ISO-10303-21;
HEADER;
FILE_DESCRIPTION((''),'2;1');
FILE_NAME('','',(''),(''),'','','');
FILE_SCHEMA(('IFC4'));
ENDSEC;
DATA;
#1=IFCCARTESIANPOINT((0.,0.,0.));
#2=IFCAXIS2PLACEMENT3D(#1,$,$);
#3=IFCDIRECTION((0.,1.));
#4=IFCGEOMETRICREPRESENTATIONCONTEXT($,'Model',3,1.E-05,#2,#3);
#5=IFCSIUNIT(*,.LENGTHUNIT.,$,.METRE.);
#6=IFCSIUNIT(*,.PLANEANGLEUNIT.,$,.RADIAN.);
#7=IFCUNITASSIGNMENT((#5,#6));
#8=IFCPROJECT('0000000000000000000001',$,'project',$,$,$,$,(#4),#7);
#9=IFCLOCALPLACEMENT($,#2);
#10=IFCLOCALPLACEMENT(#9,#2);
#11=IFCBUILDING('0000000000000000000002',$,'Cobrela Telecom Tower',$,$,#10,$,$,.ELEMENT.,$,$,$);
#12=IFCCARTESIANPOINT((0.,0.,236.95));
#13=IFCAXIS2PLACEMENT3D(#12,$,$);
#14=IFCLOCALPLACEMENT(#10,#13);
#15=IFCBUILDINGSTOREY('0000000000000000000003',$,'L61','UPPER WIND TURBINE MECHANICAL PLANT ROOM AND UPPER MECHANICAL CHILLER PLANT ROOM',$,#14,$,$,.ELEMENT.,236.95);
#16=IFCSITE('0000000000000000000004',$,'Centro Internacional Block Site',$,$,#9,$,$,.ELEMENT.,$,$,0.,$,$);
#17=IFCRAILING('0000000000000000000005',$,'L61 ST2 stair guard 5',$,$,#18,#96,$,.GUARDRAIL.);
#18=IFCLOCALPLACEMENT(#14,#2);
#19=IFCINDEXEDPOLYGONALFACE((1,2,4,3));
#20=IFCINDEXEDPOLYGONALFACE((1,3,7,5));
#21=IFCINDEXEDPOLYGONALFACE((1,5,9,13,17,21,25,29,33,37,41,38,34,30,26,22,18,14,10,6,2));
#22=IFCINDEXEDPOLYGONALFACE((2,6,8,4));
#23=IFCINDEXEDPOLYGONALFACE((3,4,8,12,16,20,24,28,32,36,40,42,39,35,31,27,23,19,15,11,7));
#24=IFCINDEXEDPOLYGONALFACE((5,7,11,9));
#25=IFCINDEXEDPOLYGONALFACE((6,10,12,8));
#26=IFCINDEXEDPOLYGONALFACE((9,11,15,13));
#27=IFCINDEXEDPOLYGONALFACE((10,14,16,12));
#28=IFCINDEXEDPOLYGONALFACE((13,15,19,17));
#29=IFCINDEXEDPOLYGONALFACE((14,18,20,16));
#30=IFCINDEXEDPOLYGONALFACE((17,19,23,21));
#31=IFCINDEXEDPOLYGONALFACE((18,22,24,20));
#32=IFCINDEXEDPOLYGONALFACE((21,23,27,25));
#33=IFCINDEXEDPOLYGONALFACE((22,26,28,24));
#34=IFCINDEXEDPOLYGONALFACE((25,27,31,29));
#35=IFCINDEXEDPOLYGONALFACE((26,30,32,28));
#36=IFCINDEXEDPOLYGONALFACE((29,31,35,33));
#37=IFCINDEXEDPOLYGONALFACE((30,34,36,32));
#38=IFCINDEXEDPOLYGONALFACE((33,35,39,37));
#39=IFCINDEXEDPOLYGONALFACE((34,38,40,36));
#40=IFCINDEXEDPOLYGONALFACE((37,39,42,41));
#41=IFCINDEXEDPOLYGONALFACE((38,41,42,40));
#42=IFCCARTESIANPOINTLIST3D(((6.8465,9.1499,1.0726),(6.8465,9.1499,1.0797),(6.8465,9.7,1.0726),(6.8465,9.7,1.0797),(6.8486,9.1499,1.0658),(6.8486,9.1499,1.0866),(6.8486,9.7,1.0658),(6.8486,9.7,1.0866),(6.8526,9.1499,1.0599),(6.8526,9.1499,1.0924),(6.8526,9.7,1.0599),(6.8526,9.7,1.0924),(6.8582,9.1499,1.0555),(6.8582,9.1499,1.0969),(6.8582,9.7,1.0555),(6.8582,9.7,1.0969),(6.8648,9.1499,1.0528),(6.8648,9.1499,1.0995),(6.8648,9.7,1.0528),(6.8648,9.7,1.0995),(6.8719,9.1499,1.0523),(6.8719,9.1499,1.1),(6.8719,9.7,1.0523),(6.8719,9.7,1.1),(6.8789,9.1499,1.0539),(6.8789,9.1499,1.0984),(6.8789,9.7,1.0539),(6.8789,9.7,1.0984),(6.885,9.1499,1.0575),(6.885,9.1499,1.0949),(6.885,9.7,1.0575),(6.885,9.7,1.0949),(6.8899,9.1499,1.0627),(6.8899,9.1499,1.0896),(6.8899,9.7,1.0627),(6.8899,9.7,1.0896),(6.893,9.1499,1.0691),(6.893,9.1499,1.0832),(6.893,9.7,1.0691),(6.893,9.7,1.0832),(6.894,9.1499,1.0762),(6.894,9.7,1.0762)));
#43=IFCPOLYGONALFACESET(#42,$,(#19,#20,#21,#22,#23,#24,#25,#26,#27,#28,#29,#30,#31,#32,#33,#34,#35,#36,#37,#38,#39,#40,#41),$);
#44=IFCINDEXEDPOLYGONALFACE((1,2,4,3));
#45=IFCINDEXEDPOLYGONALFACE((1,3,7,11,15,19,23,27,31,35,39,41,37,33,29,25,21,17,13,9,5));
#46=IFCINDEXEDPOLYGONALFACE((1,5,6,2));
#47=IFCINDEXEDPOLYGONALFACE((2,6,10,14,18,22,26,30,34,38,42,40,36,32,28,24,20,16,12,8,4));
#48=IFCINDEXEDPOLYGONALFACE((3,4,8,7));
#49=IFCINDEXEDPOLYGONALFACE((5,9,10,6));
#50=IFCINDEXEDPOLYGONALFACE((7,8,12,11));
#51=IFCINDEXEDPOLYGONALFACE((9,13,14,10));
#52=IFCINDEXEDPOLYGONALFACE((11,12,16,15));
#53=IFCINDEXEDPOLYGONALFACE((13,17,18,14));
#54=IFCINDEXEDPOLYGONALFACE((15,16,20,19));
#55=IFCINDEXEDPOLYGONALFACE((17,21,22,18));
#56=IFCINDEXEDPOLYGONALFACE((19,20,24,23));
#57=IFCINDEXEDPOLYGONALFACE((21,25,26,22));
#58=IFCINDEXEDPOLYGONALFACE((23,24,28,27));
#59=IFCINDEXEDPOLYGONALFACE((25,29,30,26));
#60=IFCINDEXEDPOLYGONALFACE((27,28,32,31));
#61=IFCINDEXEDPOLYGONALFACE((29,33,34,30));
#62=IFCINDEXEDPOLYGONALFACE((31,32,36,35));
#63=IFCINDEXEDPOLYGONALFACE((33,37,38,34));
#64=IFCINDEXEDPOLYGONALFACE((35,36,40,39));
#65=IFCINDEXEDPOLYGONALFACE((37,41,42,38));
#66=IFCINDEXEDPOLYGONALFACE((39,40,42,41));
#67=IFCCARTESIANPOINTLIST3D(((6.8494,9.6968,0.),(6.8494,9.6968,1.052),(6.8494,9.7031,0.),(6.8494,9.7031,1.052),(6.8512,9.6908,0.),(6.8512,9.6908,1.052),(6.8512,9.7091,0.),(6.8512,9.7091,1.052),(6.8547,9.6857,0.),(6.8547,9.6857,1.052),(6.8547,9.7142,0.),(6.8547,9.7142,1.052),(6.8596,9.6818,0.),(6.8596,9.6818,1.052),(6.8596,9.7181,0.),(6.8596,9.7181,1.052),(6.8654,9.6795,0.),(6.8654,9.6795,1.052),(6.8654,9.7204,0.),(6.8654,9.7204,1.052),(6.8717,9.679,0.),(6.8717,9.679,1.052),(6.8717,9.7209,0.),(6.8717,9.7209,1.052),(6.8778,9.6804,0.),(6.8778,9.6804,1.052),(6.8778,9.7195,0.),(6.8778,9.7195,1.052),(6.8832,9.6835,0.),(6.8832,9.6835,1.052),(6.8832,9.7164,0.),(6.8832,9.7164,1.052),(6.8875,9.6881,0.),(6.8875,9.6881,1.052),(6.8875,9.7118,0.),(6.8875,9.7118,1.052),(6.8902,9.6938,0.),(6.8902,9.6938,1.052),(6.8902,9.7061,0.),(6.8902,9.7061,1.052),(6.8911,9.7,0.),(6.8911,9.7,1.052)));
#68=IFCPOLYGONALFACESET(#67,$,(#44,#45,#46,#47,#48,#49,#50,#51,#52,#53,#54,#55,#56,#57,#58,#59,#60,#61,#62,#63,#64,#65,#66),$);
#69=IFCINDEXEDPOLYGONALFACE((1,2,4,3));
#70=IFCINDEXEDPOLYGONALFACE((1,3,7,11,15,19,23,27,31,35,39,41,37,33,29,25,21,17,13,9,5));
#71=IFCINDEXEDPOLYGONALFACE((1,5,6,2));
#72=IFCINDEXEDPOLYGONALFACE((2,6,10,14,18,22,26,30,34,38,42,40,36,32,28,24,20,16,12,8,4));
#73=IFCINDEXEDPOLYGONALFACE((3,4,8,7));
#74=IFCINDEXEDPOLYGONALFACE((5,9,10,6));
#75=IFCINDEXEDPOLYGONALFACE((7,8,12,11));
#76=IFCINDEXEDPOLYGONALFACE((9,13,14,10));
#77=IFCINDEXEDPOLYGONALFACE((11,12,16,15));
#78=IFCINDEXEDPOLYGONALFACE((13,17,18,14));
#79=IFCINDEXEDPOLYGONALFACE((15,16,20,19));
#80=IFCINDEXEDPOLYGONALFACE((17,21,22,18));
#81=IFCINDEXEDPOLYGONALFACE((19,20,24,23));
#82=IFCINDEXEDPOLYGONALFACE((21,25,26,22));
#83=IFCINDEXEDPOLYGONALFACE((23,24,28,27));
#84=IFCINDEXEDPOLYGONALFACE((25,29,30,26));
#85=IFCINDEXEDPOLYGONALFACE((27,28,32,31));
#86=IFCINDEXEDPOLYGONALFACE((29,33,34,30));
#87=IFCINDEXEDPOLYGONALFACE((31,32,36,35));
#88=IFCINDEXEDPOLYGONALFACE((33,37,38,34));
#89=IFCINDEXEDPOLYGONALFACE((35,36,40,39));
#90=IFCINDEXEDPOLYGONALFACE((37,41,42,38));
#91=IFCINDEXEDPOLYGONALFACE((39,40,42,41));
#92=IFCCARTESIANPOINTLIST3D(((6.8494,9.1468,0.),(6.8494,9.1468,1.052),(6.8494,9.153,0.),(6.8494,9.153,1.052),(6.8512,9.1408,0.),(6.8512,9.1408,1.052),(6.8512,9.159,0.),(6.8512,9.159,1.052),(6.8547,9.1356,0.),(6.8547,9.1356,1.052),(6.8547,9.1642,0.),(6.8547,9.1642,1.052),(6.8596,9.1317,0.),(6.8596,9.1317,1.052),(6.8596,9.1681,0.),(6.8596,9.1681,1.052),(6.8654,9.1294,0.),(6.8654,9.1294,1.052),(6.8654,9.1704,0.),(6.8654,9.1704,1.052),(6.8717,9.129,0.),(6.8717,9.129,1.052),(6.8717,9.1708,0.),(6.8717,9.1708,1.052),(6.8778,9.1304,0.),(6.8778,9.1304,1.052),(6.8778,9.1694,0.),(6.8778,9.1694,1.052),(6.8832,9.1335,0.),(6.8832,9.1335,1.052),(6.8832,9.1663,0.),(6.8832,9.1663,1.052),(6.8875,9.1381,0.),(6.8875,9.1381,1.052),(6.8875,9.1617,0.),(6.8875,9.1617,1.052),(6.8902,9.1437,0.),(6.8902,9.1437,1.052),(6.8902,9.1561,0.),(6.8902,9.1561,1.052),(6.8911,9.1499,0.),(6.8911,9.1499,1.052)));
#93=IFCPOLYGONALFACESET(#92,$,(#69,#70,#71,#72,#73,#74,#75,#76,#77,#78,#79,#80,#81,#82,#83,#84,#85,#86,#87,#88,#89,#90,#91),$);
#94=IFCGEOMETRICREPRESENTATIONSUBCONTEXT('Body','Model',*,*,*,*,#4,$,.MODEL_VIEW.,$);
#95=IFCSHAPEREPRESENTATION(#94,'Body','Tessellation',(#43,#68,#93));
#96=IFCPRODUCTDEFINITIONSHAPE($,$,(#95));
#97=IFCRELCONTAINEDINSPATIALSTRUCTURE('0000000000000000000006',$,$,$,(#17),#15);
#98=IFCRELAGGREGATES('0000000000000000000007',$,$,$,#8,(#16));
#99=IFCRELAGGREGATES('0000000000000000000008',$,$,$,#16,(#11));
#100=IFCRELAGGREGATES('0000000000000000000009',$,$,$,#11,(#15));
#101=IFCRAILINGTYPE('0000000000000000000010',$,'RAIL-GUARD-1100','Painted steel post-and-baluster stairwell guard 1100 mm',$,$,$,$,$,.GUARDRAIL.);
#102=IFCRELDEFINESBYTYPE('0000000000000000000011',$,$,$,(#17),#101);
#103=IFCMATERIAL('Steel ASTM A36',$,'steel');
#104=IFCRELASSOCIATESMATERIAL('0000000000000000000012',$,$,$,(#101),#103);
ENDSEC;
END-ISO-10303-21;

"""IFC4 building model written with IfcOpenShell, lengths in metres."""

from ifc_helpers import new_model, si_unit, direction, frame, origin, origin_2d, place, context, subcontext, project, spatial, circle, extrude, material, type_object, element, save


model = new_model("IFC4")

# Units and contexts
model_context = context("Model", 3, precision=1e-05, world=origin(), true_north=direction((0.0, 1.0)))
body_context = subcontext(model_context, "Body", "Model", "MODEL_VIEW")
ifc_project = project(units=[si_unit("LENGTHUNIT", "METRE"), si_unit("PLANEANGLEUNIT", "RADIAN")], contexts=[model_context])

# Site, building, storey
site_placement = place(None, origin())
site = spatial("IfcSite", under=ifc_project, at=site_placement, Name="Centro Internacional Block Site", CompositionType="ELEMENT", RefElevation=0.0)
building_placement = place(site_placement, origin())
building = spatial("IfcBuilding", under=site, at=building_placement, Name="Cobrela Telecom Tower", CompositionType="ELEMENT")
storey_placement = place(building_placement, frame((0.0, 0.0, 236.95)))
storey = spatial("IfcBuildingStorey", under=building, at=storey_placement, Name="L61", Description="UPPER WIND TURBINE MECHANICAL PLANT ROOM AND UPPER MECHANICAL CHILLER PLANT ROOM", CompositionType="ELEMENT", Elevation=236.95)

# Shared definitions
ifc_material_1 = material(Name="Steel ASTM A36", Category="steel")

# Railing
railing_type_1 = type_object("IfcRailingType", Name="RAIL-GUARD-1100", Description="Painted steel post-and-baluster stairwell guard 1100 mm", PredefinedType="GUARDRAIL", material=ifc_material_1)
railing_1_placement = place(storey_placement, frame((6.8701, 9.7, 0.0)))
element("IfcRailing", 1, at=railing_1_placement, inside=storey, type_object=railing_type_1, Name="L61 ST2 stair guard 5", PredefinedType="GUARDRAIL", context=body_context, shape_type="SweptSolid", body=[
    extrude(circle(Radius=0.0239, at=origin_2d()), frame((0.0, 0.0, 1.0762), z_axis=(0.0, -1.0, 0.0), x_axis=(1.0, 0.0, 0.0)), (0.0, 0.0, 1.0), 0.55),
    extrude(circle(Radius=0.021, at=origin_2d()), origin(), (0.0, 0.0, 1.0), 1.052),
    extrude(circle(Radius=0.021, at=origin_2d()), frame((0.0, -0.55, 0.0)), (0.0, 0.0, 1.0), 1.052),
])

save(model, "model.ifc")
